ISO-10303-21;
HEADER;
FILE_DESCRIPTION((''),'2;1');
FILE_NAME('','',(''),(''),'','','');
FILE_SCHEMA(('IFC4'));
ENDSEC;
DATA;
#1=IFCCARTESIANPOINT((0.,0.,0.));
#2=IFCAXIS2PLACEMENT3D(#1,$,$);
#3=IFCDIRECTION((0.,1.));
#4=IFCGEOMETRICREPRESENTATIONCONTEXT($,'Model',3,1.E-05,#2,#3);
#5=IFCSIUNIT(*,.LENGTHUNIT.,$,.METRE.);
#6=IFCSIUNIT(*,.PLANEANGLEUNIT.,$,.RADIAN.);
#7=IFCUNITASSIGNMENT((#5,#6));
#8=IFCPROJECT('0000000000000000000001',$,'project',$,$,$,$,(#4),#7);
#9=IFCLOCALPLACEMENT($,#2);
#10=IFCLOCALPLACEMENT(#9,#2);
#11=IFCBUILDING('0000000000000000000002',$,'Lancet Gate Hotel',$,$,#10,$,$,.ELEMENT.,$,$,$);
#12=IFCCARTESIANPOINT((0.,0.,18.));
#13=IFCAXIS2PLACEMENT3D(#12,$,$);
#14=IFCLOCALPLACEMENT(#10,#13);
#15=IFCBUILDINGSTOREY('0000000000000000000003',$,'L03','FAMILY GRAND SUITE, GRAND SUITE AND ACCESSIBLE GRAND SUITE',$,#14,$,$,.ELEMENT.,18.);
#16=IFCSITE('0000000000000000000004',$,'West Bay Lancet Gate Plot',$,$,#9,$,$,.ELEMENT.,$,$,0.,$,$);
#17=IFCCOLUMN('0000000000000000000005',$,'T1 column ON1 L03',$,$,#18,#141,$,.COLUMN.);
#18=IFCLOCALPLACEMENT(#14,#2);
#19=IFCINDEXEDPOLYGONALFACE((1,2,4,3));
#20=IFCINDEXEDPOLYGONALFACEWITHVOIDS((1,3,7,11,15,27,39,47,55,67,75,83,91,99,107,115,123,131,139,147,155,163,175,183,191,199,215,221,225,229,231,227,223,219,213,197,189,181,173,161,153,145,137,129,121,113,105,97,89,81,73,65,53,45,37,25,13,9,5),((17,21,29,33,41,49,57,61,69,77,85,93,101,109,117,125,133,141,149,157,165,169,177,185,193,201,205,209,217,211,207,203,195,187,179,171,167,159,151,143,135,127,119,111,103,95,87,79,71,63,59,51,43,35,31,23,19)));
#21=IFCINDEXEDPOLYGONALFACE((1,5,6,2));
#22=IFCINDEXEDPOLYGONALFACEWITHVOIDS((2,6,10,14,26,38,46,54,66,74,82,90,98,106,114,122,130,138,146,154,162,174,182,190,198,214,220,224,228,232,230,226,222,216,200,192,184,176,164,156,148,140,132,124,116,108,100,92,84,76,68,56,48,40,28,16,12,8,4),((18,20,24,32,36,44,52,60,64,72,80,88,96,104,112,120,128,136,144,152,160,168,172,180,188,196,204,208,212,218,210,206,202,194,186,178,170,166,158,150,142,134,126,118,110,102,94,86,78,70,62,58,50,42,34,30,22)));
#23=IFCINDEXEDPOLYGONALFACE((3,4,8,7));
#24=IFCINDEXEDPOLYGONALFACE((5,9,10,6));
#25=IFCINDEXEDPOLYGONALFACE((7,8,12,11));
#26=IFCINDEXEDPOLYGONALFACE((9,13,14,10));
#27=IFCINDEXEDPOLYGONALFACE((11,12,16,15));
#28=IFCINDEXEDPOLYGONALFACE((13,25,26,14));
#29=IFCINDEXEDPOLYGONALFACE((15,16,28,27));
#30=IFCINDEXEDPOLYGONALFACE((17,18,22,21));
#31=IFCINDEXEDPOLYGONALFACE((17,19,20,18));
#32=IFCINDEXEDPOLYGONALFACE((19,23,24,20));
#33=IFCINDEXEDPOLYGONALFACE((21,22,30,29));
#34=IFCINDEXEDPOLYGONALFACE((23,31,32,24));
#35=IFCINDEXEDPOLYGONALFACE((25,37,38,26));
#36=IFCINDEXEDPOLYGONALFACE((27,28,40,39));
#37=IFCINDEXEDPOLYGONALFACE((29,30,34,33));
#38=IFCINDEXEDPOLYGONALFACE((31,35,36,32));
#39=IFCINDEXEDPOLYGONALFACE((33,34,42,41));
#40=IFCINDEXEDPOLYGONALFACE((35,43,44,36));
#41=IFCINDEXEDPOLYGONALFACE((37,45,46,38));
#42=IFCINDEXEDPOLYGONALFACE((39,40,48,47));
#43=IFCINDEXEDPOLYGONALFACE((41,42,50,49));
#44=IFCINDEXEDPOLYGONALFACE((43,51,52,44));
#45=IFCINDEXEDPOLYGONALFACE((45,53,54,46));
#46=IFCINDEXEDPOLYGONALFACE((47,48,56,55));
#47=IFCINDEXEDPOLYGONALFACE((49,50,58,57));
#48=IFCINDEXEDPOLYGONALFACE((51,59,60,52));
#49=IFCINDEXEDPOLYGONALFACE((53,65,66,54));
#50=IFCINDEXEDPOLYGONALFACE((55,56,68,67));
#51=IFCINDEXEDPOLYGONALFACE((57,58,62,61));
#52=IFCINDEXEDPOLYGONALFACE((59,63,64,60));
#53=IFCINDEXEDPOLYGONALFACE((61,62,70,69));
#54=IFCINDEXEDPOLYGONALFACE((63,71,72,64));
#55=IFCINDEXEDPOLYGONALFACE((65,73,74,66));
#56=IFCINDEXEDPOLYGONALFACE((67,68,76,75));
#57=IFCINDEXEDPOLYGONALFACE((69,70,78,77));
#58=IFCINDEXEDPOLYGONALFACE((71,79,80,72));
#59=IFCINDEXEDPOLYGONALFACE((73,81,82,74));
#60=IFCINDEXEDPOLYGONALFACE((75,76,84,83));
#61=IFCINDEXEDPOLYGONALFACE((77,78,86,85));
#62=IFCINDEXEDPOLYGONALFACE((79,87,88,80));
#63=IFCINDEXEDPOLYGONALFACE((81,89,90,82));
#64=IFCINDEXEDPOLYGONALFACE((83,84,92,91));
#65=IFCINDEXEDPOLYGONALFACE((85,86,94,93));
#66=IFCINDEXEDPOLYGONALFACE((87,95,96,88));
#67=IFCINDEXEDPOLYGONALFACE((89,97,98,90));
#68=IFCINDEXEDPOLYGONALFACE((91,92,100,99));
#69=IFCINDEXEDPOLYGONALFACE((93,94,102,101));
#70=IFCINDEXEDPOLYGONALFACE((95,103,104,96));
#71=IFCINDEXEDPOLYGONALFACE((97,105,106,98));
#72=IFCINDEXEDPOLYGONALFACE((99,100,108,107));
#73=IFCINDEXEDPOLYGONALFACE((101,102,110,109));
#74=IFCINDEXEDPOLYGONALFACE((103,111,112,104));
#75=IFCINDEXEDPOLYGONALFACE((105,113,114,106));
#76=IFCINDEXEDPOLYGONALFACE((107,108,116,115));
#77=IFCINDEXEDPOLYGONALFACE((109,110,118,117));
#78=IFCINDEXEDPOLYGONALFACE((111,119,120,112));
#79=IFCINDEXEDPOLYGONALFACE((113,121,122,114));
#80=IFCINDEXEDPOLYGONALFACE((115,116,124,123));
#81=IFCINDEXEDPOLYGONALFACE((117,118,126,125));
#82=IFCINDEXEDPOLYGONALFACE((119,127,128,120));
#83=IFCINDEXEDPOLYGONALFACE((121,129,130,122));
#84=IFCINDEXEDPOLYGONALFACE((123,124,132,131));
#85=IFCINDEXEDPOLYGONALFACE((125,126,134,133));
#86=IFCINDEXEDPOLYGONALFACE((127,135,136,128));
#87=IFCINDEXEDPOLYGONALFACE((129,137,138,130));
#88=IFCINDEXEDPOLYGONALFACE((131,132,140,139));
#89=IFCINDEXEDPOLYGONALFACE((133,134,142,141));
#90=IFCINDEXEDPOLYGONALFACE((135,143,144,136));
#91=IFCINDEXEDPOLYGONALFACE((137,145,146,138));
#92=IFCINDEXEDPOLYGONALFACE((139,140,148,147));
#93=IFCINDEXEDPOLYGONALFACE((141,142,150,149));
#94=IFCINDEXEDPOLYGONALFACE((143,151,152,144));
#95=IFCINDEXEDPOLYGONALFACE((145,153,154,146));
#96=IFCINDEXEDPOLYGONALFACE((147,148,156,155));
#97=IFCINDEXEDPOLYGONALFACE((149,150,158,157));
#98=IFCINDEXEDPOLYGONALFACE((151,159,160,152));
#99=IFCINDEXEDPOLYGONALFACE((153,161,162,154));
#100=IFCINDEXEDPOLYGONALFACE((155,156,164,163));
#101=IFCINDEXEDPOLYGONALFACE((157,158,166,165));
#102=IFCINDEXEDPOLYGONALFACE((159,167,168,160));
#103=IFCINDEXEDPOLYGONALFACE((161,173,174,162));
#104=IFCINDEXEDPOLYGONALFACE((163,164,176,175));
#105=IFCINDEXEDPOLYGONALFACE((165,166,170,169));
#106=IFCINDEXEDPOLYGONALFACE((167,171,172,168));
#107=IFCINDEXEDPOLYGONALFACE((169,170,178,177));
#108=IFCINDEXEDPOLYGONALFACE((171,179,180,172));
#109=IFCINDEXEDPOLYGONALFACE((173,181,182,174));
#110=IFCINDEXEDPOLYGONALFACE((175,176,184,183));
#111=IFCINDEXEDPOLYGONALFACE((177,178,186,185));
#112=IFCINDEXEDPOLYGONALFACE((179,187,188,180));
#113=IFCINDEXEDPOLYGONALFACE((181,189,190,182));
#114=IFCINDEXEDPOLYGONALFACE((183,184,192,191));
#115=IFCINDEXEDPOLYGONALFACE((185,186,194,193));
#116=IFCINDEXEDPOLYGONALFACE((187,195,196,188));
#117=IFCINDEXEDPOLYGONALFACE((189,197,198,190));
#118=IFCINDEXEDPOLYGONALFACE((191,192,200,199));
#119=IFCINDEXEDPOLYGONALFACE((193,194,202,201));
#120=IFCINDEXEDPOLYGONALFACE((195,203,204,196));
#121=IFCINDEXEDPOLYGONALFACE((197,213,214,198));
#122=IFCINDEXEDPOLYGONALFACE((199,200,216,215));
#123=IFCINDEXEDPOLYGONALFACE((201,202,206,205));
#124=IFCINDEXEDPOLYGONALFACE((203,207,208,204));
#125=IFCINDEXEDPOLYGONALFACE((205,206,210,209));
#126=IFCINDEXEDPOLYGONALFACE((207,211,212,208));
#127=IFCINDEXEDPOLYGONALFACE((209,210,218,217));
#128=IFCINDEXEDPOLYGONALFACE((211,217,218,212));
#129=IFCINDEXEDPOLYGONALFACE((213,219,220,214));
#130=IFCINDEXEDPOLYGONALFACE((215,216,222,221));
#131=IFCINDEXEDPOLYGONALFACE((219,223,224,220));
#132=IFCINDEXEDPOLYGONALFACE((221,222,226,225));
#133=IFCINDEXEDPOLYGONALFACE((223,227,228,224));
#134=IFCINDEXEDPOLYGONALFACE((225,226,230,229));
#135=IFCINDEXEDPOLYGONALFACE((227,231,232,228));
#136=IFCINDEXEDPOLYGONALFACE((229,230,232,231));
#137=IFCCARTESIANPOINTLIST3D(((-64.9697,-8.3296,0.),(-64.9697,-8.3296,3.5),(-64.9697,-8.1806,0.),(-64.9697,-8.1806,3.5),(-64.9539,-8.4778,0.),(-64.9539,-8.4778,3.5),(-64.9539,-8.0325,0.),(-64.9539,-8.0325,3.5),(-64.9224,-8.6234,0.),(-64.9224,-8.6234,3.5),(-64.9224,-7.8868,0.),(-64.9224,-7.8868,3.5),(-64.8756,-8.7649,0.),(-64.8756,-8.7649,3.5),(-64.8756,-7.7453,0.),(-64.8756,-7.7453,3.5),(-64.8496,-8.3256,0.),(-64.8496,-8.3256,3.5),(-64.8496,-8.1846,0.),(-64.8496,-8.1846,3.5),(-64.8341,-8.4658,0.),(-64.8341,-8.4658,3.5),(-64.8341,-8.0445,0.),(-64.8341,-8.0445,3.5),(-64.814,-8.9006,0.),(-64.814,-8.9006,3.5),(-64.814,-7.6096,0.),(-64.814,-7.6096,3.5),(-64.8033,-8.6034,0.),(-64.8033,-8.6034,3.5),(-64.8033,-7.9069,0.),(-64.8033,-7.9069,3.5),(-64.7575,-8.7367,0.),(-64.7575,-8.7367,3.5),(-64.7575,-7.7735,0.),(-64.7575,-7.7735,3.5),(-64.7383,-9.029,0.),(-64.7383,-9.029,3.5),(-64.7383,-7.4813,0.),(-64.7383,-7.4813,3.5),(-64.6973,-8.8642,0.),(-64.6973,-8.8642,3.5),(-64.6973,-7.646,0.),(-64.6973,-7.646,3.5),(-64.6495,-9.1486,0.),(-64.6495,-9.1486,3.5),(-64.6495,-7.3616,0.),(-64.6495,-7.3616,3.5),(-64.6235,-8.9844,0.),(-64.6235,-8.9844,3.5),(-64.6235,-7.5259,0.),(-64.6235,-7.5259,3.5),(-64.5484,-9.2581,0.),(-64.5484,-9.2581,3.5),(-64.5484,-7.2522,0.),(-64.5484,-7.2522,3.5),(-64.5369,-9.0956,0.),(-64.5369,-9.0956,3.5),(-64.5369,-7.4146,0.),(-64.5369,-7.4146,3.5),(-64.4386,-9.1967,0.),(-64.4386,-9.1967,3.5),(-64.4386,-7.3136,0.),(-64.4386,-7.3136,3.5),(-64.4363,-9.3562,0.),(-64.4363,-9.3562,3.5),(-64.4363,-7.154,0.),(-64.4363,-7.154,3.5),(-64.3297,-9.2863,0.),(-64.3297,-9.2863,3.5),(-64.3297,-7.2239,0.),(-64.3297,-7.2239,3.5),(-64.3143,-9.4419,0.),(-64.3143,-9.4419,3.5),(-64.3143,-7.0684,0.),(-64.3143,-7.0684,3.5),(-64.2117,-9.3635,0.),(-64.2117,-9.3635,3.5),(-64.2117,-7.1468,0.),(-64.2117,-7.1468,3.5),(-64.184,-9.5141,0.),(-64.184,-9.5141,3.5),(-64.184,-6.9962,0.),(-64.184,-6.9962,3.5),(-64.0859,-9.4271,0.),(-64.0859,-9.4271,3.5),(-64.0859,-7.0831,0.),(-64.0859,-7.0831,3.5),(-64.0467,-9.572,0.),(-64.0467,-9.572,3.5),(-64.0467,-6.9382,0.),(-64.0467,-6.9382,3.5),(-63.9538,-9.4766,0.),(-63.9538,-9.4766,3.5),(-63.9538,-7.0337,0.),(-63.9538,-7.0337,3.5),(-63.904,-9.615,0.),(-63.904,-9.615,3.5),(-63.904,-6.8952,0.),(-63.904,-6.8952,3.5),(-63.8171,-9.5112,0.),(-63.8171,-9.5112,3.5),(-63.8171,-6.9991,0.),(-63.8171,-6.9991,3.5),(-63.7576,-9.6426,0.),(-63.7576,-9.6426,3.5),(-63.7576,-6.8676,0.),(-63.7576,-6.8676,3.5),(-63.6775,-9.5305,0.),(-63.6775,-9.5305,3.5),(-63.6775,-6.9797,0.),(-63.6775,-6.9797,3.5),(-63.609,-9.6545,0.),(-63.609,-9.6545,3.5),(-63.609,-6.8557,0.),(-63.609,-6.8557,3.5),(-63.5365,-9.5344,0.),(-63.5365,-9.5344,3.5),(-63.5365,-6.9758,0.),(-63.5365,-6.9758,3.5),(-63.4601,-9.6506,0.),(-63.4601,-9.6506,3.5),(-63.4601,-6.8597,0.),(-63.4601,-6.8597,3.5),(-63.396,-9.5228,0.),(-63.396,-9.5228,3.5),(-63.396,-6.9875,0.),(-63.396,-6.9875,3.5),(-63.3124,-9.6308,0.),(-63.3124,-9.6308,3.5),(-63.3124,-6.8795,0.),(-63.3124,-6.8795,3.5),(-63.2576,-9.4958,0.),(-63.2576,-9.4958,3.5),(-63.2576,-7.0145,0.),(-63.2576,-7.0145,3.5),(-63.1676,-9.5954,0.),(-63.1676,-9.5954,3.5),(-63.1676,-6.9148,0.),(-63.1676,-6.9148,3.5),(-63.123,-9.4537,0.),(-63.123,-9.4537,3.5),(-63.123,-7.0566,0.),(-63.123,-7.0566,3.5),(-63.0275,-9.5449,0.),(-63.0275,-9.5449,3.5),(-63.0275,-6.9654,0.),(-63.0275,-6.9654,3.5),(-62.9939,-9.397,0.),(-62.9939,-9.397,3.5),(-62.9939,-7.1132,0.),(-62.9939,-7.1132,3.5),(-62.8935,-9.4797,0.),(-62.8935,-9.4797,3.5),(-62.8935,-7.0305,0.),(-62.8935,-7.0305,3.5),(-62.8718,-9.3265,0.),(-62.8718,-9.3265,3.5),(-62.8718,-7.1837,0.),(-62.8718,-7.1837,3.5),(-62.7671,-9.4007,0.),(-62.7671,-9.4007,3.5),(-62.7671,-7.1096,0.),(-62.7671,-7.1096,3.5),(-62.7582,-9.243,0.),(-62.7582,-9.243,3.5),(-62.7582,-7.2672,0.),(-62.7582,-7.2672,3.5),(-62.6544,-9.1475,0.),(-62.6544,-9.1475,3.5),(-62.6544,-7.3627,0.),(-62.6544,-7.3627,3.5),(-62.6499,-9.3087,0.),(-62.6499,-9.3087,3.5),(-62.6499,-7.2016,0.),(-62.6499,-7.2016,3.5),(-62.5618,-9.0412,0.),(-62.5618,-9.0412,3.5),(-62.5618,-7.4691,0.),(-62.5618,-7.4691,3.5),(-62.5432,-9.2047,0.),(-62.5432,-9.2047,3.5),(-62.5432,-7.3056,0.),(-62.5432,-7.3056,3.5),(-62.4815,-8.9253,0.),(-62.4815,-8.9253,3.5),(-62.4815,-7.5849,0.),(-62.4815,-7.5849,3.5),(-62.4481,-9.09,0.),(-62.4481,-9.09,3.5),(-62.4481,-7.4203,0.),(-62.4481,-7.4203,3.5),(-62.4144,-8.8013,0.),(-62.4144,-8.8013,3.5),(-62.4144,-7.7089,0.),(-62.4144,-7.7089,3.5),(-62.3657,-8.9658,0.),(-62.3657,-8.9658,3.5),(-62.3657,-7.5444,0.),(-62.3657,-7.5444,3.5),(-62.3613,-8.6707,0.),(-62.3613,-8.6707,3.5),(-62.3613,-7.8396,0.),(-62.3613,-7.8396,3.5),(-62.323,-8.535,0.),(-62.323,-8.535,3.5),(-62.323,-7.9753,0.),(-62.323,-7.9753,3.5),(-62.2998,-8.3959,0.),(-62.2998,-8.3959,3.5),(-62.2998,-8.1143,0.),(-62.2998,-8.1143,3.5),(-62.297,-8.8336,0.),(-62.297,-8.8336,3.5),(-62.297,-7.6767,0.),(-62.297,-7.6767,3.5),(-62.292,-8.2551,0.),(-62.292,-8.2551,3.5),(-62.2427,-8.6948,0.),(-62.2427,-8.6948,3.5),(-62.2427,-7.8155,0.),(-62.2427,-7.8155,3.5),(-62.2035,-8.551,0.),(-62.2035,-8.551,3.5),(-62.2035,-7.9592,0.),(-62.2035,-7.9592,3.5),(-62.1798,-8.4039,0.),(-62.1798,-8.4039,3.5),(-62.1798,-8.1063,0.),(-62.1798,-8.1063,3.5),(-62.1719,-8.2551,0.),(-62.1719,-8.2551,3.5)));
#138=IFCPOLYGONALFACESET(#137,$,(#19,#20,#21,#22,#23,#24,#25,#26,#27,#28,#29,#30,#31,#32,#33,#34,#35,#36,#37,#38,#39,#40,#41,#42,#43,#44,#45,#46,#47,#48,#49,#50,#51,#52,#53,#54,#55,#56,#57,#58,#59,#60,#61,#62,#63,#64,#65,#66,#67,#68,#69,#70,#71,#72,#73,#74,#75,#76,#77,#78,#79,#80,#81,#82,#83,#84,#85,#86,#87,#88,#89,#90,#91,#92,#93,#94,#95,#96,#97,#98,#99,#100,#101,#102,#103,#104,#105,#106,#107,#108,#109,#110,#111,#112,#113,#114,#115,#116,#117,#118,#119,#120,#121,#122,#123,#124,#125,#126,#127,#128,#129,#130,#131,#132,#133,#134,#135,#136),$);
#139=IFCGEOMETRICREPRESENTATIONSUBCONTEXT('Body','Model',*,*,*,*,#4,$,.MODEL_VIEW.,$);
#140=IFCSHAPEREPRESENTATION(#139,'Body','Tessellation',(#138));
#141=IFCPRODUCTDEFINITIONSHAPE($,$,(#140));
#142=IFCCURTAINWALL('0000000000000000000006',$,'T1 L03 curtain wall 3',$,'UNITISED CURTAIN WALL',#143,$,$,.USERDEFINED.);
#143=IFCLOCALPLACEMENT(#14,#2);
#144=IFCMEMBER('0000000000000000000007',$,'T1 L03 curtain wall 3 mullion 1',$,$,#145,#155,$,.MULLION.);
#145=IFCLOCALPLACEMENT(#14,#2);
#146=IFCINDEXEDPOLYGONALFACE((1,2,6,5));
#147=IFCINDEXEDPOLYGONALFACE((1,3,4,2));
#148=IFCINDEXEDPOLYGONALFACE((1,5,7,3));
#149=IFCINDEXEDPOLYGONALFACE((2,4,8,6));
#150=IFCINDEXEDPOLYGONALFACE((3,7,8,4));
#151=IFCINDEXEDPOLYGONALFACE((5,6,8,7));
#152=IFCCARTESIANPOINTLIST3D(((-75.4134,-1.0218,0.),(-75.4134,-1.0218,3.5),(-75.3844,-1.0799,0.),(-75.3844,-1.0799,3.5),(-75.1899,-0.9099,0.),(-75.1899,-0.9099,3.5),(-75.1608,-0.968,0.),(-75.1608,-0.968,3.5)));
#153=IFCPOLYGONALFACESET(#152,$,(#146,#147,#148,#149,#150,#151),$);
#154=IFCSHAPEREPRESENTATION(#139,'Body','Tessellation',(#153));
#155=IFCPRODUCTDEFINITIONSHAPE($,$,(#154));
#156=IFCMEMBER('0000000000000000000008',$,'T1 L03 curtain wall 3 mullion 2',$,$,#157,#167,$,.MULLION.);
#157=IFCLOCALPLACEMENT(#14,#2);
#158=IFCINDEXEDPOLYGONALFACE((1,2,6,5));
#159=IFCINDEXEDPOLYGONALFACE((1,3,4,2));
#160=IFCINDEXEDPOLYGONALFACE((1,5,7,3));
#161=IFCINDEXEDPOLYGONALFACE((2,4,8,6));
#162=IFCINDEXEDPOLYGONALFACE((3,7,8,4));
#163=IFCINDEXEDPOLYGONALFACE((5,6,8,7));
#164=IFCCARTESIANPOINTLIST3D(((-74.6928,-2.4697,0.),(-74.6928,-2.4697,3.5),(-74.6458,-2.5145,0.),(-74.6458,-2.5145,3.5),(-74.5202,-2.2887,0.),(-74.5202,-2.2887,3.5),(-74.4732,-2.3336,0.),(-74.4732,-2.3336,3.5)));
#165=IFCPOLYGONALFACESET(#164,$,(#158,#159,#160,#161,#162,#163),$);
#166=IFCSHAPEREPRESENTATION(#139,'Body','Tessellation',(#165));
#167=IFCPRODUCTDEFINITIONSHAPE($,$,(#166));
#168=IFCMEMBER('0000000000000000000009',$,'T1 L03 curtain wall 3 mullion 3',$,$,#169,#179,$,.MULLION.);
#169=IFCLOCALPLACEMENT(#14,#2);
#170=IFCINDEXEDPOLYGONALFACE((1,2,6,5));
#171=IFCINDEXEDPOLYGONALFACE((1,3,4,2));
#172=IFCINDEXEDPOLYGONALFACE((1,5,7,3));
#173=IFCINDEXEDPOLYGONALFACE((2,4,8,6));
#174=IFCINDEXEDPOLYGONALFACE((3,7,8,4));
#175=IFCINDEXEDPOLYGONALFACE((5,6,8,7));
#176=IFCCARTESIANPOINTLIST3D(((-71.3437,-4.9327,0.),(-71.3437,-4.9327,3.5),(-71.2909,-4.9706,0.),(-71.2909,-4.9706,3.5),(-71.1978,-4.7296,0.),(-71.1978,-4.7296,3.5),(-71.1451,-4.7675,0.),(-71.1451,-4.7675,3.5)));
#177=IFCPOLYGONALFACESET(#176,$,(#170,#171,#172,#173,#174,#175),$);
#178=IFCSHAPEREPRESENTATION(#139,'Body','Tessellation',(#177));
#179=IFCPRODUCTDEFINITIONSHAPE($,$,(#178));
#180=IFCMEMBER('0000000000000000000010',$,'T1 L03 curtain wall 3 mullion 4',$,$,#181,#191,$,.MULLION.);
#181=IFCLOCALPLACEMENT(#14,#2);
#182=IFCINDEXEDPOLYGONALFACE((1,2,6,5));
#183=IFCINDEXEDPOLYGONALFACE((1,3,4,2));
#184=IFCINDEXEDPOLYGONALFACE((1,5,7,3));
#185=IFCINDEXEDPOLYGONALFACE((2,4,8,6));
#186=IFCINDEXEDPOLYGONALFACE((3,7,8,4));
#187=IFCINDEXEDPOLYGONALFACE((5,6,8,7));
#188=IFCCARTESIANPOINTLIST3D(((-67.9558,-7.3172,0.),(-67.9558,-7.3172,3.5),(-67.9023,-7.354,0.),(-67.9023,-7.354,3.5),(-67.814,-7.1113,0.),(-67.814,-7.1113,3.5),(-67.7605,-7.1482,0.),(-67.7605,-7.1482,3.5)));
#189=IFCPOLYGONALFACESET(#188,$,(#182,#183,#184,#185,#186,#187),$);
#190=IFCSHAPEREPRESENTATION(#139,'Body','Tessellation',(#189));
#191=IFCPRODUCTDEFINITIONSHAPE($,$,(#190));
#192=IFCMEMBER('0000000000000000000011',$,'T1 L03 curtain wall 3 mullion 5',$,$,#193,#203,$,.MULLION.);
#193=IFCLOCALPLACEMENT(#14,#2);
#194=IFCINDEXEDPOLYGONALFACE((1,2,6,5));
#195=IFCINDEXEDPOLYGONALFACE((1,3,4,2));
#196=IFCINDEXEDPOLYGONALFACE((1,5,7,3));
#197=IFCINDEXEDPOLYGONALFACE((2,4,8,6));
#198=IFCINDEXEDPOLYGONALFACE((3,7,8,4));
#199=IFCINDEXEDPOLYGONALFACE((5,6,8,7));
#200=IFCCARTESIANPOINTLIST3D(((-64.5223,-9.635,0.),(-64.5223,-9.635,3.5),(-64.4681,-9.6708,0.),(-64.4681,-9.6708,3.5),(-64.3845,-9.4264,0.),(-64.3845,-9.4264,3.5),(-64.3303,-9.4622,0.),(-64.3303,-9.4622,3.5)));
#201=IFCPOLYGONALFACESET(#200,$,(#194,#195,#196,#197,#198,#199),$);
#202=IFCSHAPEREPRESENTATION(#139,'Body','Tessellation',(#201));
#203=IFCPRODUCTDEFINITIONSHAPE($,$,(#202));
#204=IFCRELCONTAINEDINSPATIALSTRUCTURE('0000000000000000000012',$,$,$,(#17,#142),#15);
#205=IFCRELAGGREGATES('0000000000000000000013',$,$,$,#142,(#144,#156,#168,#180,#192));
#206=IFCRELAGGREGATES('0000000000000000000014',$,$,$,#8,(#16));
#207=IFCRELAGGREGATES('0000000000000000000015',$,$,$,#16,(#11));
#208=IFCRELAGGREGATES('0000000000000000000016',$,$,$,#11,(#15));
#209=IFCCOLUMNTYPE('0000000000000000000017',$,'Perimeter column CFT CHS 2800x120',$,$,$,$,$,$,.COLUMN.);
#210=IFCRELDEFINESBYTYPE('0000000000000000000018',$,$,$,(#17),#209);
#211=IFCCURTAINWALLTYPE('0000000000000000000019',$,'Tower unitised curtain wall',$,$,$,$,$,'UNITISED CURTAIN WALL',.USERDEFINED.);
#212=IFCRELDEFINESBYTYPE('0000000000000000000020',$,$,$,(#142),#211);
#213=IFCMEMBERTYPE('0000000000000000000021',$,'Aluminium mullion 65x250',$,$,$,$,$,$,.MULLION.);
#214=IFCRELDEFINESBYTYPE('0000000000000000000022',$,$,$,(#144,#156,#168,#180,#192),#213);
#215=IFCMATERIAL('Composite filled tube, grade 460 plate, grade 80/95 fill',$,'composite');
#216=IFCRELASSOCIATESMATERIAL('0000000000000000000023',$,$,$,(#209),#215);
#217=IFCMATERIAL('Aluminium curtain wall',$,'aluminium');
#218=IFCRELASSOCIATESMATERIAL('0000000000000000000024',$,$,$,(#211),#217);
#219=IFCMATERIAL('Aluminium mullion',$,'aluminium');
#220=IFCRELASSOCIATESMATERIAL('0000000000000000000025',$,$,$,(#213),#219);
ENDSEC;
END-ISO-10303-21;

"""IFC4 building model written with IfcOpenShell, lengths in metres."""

from ifc_helpers import new_model, si_unit, direction, frame, origin, origin_2d, place, context, subcontext, project, spatial, rectangle, hollow_circle, extrude, material, material_profile, profile_set, type_object, element, aggregate, save


model = new_model("IFC4")

# Units and contexts
model_context = context("Model", 3, precision=1e-05, world=origin(), true_north=direction((0.0, 1.0)))
body_context = subcontext(model_context, "Body", "Model", "MODEL_VIEW")
ifc_project = project(units=[si_unit("LENGTHUNIT", "METRE"), si_unit("PLANEANGLEUNIT", "RADIAN")], contexts=[model_context])

# Site, building, storey
site_placement = place(None, origin())
site = spatial("IfcSite", under=ifc_project, at=site_placement, Name="West Bay Lancet Gate Plot", CompositionType="ELEMENT", RefElevation=0.0)
building_placement = place(site_placement, origin())
building = spatial("IfcBuilding", under=site, at=building_placement, Name="Lancet Gate Hotel", CompositionType="ELEMENT")
storey_placement = place(building_placement, frame((0.0, 0.0, 18.0)))
storey = spatial("IfcBuildingStorey", under=building, at=storey_placement, Name="L03", Description="FAMILY GRAND SUITE, GRAND SUITE AND ACCESSIBLE GRAND SUITE", CompositionType="ELEMENT", Elevation=18.0)

# Column
ifc_material_1 = material(Name="Composite filled tube, grade 460 plate, grade 80/95 fill", Category="composite")
ifc_material_profile_1 = material_profile(ifc_material_1, hollow_circle(Radius=1.3999, WallThickness=0.1201, at=origin_2d()), Name="CHS 2800x120")
ifc_profile_set_1 = profile_set([ifc_material_profile_1], Name="Composite filled tube, grade 460 plate, grade 80/95 fill")
column_type_1 = type_object("IfcColumnType", Name="Perimeter column CFT CHS 2800x120", PredefinedType="COLUMN", material=ifc_profile_set_1)
column_1_placement = place(storey_placement, frame((-63.5718, -8.2551, 0.0), z_axis=(0.0, 0.0, 1.0), x_axis=(1.0, 0.0, 0.0)))
element("IfcColumn", 1, at=column_1_placement, inside=storey, type_object=column_type_1, Name="T1 column ON1 L03", PredefinedType="COLUMN", context=body_context, shape_type="SweptSolid", body=[
    extrude(hollow_circle(Radius=1.3999, WallThickness=0.1201, at=origin_2d()), origin(), (0.0, 0.0, 1.0), 3.5),
])

# Curtain wall, members
ifc_material_2 = material(Name="Aluminium curtain wall", Category="aluminium")
curtain_wall_type = type_object("IfcCurtainWallType", Name="Tower unitised curtain wall", ElementType="UNITISED CURTAIN WALL", PredefinedType="USERDEFINED", material=ifc_material_2)
curtain_wall_placement = place(storey_placement, origin())
curtain_wall = element("IfcCurtainWall", 2, at=curtain_wall_placement, inside=storey, type_object=curtain_wall_type, Name="T1 L03 curtain wall 3", ObjectType="UNITISED CURTAIN WALL", PredefinedType="USERDEFINED")
ifc_material_3 = material(Name="Aluminium mullion", Category="aluminium")
ifc_material_profile_2 = material_profile(ifc_material_3, rectangle(XDim=0.0649, YDim=0.25, at=origin_2d()), Name="MULLION 65x250")
ifc_profile_set_2 = profile_set([ifc_material_profile_2], Name="Aluminium mullion")
member_type_1 = type_object("IfcMemberType", Name="Aluminium mullion 65x250", PredefinedType="MULLION", material=ifc_profile_set_2)
member_1_placement = place(storey_placement, frame((-75.2871, -0.9949, 0.0), z_axis=(0.0, 0.0, 1.0), x_axis=(0.447628, -0.89422, 0.0)))
member_1 = element("IfcMember", 3, at=member_1_placement, type_object=member_type_1, Name="T1 L03 curtain wall 3 mullion 1", PredefinedType="MULLION", context=body_context, shape_type="SweptSolid", body=[
    extrude(rectangle(XDim=0.0649, YDim=0.25, at=origin_2d()), origin(), (0.0, 0.0, 1.0), 3.5),
])
member_2_placement = place(storey_placement, frame((-74.583, -2.4016, 0.0), z_axis=(0.0, 0.0, 1.0), x_axis=(0.723696, -0.690119, 0.0)))
member_2 = element("IfcMember", 4, at=member_2_placement, type_object=member_type_1, Name="T1 L03 curtain wall 3 mullion 2", PredefinedType="MULLION", context=body_context, shape_type="SweptSolid", body=[
    extrude(rectangle(XDim=0.0649, YDim=0.25, at=origin_2d()), origin(), (0.0, 0.0, 1.0), 3.5),
])
member_3_placement = place(storey_placement, frame((-71.2444, -4.8501, 0.0), z_axis=(0.0, 0.0, 1.0), x_axis=(0.812147, -0.583453, 0.0)))
member_3 = element("IfcMember", 5, at=member_3_placement, type_object=member_type_1, Name="T1 L03 curtain wall 3 mullion 3", PredefinedType="MULLION", context=body_context, shape_type="SweptSolid", body=[
    extrude(rectangle(XDim=0.0649, YDim=0.25, at=origin_2d()), origin(), (0.0, 0.0, 1.0), 3.5),
])
member_4_placement = place(storey_placement, frame((-67.8582, -7.2327, 0.0), z_axis=(0.0, 0.0, 1.0), x_axis=(0.823425, -0.567425, 0.0)))
member_4 = element("IfcMember", 6, at=member_4_placement, type_object=member_type_1, Name="T1 L03 curtain wall 3 mullion 4", PredefinedType="MULLION", context=body_context, shape_type="SweptSolid", body=[
    extrude(rectangle(XDim=0.0649, YDim=0.25, at=origin_2d()), origin(), (0.0, 0.0, 1.0), 3.5),
])
member_5_placement = place(storey_placement, frame((-64.4263, -9.5486, 0.0), z_axis=(0.0, 0.0, 1.0), x_axis=(0.834387, -0.551178, 0.0)))
member_5 = element("IfcMember", 7, at=member_5_placement, type_object=member_type_1, Name="T1 L03 curtain wall 3 mullion 5", PredefinedType="MULLION", context=body_context, shape_type="SweptSolid", body=[
    extrude(rectangle(XDim=0.0649, YDim=0.25, at=origin_2d()), origin(), (0.0, 0.0, 1.0), 3.5),
])

aggregate(curtain_wall, [member_1, member_2, member_3, member_4, member_5])

save(model, "model.ifc")
